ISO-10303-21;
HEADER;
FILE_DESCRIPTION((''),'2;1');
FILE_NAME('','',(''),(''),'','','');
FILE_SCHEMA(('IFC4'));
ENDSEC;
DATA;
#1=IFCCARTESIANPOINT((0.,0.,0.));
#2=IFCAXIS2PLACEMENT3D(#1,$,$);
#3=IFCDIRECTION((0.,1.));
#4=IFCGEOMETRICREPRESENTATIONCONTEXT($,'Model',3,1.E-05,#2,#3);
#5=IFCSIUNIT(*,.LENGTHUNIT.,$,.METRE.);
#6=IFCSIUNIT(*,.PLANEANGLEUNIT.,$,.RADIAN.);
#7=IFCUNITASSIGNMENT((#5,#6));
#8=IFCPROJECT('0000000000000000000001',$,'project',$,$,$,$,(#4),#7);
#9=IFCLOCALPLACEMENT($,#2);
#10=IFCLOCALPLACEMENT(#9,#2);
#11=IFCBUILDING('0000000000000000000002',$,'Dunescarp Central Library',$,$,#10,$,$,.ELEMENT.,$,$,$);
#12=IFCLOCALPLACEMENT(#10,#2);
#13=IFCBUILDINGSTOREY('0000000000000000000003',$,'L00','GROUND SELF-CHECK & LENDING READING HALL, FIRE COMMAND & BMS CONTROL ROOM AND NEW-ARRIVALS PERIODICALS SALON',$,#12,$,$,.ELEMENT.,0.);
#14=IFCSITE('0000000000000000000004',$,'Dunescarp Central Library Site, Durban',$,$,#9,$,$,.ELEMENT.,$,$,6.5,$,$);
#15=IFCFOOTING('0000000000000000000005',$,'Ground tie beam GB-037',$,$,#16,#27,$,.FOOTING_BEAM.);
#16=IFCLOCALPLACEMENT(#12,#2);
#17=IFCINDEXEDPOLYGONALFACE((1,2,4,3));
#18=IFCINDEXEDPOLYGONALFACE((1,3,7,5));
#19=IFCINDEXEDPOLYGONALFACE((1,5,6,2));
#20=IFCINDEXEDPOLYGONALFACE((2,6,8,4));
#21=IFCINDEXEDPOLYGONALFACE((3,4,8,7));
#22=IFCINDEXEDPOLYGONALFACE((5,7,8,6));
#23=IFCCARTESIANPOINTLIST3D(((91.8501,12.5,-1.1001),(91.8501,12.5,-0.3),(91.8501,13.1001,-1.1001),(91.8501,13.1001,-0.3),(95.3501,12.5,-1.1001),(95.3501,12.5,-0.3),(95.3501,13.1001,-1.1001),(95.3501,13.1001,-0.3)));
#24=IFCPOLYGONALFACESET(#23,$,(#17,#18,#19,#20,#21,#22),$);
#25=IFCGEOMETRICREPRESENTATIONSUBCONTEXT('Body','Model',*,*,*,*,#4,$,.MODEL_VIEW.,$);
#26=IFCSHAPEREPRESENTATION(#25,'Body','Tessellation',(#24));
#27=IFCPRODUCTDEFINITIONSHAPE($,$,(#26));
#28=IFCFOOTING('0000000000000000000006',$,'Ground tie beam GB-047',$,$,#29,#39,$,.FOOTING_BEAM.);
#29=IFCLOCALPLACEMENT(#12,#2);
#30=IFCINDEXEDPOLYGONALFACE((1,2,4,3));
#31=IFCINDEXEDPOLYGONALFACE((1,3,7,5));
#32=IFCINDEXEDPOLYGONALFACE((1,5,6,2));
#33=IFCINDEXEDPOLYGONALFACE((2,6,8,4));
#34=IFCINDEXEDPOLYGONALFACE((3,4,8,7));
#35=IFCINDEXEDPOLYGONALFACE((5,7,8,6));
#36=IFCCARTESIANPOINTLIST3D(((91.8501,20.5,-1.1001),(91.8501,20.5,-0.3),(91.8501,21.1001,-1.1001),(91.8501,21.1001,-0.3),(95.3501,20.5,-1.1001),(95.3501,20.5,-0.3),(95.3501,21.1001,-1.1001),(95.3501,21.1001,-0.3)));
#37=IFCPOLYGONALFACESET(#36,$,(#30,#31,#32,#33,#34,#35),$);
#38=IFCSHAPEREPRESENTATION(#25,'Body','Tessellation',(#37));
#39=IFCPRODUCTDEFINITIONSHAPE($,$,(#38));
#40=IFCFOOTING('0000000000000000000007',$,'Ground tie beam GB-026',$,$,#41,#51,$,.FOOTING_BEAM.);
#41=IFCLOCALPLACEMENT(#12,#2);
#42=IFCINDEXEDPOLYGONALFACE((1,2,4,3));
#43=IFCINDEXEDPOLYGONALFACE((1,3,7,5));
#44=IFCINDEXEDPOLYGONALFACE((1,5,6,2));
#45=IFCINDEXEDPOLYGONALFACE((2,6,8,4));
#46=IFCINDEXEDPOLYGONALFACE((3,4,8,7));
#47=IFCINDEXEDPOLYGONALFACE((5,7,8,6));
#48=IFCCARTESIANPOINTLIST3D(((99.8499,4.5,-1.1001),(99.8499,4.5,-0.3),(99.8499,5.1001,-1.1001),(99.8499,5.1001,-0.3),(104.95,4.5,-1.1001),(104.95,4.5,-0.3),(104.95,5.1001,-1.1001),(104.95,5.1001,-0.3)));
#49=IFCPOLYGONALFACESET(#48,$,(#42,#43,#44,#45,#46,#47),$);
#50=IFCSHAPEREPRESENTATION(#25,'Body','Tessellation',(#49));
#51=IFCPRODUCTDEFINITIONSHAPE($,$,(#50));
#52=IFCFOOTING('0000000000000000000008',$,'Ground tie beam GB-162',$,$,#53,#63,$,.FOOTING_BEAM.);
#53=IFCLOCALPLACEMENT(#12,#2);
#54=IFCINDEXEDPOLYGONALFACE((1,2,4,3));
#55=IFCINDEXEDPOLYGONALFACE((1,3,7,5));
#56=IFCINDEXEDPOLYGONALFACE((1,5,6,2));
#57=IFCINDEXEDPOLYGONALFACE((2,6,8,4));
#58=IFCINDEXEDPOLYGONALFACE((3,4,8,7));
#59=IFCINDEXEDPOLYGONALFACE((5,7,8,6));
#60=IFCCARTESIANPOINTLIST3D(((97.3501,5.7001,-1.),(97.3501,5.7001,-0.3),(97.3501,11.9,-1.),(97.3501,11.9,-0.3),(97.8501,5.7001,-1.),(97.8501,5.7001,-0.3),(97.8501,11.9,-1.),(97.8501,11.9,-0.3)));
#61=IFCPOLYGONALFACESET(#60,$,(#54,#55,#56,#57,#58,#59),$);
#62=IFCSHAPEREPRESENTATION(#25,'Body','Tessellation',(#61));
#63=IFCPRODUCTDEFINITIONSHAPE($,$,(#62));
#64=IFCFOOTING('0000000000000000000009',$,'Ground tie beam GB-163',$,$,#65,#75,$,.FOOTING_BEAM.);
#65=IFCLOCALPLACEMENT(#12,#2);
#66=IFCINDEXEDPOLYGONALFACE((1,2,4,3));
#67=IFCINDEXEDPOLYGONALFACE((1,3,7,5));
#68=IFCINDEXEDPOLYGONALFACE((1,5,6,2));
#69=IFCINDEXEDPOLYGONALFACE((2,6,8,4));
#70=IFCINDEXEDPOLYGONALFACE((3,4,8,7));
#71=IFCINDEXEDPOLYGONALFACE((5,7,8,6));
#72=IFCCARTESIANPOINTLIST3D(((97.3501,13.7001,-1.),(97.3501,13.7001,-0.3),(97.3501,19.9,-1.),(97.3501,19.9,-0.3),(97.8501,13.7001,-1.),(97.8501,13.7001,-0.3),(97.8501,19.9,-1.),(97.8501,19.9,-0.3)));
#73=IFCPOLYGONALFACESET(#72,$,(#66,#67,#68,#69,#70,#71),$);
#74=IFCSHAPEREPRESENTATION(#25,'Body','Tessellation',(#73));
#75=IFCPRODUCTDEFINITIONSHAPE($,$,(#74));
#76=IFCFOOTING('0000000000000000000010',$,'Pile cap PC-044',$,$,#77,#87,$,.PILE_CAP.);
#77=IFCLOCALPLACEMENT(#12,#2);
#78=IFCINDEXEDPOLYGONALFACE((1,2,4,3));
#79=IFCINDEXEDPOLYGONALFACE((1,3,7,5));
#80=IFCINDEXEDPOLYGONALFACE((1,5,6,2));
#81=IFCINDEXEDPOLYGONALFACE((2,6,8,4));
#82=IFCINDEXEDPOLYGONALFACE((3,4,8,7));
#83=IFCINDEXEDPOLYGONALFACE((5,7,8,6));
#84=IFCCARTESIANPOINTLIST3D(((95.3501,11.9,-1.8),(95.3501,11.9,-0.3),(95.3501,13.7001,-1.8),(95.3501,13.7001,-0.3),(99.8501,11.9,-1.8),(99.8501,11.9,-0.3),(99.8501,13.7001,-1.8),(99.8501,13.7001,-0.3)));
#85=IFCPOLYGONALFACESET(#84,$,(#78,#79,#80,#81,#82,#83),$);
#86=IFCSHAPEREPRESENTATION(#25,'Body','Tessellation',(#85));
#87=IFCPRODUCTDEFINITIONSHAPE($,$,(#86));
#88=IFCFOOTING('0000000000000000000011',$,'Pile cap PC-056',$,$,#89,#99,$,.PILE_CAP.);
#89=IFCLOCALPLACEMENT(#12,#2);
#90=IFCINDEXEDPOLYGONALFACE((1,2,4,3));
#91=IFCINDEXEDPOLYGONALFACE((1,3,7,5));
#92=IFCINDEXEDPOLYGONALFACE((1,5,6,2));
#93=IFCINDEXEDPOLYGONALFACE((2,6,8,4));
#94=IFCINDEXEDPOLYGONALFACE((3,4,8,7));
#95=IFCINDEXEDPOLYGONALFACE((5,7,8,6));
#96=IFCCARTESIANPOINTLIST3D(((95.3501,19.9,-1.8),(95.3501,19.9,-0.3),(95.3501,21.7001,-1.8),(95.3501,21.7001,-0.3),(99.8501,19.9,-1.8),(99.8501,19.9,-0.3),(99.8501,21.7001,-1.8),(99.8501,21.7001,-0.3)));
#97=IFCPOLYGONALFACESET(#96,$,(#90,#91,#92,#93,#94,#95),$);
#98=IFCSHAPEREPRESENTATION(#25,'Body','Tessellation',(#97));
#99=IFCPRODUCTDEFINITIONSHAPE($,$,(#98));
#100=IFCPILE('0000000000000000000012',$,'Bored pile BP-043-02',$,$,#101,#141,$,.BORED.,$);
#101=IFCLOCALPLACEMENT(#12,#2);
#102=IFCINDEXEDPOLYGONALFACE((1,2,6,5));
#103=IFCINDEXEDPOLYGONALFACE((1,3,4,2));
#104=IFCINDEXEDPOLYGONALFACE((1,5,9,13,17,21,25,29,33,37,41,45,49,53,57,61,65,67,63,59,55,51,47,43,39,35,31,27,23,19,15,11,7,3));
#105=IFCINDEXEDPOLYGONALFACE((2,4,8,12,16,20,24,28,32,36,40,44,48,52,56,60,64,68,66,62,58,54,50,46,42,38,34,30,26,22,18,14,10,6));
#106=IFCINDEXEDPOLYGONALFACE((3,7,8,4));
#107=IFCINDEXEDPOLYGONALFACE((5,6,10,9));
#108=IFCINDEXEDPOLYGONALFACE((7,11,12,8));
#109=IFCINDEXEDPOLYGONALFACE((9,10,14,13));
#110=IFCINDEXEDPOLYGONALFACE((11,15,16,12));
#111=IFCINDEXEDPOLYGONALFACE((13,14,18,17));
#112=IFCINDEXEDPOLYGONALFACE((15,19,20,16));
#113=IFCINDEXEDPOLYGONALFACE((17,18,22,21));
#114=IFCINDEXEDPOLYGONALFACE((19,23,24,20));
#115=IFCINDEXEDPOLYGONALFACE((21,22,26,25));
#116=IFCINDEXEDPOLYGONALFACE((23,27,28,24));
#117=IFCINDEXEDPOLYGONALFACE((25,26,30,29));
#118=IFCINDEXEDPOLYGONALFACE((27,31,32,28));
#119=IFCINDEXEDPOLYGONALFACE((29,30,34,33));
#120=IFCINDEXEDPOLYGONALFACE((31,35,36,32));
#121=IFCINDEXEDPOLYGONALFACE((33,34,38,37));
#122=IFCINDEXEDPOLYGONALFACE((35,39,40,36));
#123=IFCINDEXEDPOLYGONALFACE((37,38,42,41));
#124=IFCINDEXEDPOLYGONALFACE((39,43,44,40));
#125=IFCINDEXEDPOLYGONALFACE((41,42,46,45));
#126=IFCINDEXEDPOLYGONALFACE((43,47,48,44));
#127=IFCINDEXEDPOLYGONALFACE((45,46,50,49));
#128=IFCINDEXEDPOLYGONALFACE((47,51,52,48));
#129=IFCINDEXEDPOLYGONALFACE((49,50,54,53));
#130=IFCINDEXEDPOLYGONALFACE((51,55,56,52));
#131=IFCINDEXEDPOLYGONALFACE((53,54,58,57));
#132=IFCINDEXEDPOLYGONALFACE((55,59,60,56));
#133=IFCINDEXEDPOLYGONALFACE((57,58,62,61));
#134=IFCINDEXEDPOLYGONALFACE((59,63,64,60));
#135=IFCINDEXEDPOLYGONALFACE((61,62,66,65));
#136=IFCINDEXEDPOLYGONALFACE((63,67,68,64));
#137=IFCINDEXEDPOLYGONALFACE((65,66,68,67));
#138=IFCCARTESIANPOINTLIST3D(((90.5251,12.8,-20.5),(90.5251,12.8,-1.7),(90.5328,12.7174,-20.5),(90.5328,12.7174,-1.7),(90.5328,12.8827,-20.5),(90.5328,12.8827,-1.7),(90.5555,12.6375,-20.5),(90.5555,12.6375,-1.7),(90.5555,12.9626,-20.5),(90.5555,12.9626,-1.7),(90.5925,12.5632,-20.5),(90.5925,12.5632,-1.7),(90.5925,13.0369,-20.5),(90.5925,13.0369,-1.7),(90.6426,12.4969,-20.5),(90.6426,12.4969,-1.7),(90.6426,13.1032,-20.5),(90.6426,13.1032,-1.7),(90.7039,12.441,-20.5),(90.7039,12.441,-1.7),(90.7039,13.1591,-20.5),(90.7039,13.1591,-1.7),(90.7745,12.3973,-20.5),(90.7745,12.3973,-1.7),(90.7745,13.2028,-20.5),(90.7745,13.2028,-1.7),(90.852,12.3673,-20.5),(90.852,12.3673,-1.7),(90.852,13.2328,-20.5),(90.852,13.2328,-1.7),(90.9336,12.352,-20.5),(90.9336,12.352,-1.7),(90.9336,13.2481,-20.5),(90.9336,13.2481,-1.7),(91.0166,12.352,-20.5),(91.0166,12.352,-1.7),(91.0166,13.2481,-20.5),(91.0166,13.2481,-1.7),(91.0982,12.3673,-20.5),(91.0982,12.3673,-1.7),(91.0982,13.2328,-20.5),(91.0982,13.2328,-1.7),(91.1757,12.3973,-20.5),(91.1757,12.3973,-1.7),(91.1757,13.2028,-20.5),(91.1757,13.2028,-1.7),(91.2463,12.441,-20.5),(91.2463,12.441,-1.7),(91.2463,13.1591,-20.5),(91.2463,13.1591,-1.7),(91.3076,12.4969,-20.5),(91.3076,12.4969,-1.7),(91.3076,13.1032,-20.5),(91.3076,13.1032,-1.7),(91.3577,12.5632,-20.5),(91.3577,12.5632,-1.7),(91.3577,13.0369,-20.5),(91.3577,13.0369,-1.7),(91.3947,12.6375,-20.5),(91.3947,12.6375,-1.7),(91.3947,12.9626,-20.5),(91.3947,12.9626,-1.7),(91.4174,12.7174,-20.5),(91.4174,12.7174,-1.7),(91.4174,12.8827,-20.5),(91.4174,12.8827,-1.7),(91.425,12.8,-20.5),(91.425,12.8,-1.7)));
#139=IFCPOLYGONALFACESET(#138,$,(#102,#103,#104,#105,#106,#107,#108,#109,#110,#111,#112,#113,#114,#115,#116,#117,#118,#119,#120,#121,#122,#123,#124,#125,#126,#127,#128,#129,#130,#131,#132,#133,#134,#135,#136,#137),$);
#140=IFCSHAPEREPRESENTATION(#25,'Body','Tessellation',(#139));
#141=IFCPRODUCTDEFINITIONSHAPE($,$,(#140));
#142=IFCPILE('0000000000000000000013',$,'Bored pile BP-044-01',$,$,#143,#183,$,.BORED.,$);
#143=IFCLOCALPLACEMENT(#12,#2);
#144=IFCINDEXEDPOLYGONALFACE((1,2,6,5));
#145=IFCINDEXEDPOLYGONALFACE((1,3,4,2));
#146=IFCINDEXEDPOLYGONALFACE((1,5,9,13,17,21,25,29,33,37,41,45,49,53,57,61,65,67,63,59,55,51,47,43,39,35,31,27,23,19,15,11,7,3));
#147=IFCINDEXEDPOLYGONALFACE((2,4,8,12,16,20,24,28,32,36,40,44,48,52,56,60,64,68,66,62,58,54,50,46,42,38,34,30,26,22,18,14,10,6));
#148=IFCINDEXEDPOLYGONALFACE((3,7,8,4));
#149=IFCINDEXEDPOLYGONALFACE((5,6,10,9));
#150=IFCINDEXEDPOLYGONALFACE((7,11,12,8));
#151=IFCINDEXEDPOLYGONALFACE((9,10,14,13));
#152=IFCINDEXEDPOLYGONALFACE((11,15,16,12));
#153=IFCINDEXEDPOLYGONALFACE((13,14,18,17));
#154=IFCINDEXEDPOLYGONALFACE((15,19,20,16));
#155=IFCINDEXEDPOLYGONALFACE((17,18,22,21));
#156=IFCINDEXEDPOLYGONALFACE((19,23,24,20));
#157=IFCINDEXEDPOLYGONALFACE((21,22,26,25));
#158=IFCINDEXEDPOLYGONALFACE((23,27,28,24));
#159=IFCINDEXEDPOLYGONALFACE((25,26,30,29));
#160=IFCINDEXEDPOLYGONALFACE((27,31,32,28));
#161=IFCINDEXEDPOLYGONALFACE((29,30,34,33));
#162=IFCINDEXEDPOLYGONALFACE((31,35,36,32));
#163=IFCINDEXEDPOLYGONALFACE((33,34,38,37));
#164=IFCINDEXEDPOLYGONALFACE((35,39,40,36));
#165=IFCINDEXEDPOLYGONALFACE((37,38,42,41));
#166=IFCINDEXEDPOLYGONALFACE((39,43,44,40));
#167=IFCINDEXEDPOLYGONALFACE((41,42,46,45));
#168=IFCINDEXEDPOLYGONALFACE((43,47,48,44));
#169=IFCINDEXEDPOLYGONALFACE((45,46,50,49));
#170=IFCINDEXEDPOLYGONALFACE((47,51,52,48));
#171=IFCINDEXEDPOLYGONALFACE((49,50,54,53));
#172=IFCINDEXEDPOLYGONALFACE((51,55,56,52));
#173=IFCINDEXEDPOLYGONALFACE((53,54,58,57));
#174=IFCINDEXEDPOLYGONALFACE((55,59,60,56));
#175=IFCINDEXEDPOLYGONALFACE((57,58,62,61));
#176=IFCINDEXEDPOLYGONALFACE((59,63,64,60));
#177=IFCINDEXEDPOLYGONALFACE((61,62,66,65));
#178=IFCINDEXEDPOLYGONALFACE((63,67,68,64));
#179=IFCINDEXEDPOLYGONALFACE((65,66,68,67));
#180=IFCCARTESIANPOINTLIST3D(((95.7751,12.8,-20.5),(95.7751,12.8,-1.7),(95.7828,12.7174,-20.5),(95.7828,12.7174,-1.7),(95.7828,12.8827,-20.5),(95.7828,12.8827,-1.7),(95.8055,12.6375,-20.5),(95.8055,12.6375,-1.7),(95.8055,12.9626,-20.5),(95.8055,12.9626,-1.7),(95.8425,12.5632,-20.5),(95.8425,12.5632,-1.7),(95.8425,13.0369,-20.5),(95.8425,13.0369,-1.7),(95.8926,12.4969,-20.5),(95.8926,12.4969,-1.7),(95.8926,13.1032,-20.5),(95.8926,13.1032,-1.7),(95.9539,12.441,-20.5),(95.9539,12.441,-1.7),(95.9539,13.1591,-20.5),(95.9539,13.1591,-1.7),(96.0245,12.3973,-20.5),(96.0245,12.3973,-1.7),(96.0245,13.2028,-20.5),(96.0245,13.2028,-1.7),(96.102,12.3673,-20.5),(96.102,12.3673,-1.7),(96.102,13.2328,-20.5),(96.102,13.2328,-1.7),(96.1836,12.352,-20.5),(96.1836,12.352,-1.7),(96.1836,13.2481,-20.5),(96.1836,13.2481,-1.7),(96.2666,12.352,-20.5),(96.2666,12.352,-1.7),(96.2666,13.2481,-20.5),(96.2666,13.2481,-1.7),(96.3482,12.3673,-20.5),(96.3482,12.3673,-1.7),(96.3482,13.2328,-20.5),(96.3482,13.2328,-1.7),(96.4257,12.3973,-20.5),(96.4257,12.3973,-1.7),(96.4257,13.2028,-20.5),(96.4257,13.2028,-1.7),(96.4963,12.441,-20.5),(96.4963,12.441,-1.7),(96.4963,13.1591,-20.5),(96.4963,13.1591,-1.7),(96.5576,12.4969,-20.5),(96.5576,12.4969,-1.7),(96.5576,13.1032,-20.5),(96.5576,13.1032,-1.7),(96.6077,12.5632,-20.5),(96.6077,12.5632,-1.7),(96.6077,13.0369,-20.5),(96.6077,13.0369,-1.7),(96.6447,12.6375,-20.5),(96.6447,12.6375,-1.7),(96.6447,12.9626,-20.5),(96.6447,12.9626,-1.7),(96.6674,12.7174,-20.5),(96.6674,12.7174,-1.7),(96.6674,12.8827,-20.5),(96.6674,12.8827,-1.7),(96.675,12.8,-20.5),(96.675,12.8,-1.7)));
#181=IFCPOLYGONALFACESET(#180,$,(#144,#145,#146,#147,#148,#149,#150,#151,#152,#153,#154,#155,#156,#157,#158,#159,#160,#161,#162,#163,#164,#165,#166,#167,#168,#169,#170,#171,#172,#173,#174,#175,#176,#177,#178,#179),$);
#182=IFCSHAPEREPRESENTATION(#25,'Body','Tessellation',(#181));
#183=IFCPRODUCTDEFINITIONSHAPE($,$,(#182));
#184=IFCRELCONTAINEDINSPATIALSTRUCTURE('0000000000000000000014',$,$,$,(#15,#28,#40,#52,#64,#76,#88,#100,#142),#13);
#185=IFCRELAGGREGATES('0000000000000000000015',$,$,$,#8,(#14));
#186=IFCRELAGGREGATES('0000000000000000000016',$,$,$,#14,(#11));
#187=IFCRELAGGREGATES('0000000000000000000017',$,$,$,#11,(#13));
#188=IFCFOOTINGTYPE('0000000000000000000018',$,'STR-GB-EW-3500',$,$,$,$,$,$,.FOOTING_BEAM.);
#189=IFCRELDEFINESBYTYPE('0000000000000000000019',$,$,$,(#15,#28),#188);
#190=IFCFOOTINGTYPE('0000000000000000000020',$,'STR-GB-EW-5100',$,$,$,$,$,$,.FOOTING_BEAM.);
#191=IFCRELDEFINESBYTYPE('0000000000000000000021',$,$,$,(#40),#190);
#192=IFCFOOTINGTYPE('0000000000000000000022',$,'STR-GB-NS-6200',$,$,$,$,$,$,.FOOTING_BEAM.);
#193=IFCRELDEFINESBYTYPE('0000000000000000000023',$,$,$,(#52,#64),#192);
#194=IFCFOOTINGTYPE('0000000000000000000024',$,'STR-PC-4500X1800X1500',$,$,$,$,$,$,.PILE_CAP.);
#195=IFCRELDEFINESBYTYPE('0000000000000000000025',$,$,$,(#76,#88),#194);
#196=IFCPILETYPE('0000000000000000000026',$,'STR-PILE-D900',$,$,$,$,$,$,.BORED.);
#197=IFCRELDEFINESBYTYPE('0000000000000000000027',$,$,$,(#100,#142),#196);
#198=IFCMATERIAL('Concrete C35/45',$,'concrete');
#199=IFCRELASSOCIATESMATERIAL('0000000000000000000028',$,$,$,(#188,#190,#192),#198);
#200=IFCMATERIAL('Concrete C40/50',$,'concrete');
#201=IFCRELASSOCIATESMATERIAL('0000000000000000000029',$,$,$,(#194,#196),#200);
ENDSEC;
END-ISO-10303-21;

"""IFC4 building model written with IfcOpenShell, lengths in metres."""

from ifc_helpers import new_model, si_unit, direction, frame, origin, origin_2d, place, context, subcontext, project, spatial, rectangle, circle, extrude, material, material_profile, profile_set, type_object, element, save


model = new_model("IFC4")

# Units and contexts
model_context = context("Model", 3, precision=1e-05, world=origin(), true_north=direction((0.0, 1.0)))
body_context = subcontext(model_context, "Body", "Model", "MODEL_VIEW")
ifc_project = project(units=[si_unit("LENGTHUNIT", "METRE"), si_unit("PLANEANGLEUNIT", "RADIAN")], contexts=[model_context])

# Site, building, storey
site_placement = place(None, origin())
site = spatial("IfcSite", under=ifc_project, at=site_placement, Name="Dunescarp Central Library Site, Durban", CompositionType="ELEMENT", RefElevation=6.5)
building_placement = place(site_placement, origin())
building = spatial("IfcBuilding", under=site, at=building_placement, Name="Dunescarp Central Library", CompositionType="ELEMENT")
storey_placement = place(building_placement, origin())
storey = spatial("IfcBuildingStorey", under=building, at=storey_placement, Name="L00", Description="GROUND SELF-CHECK & LENDING READING HALL, FIRE COMMAND & BMS CONTROL ROOM AND NEW-ARRIVALS PERIODICALS SALON", CompositionType="ELEMENT", Elevation=0.0)

# Footings
ifc_material_1 = material(Name="Concrete C35/45", Category="concrete")
footing_type_1 = type_object("IfcFootingType", Name="STR-GB-EW-3500", PredefinedType="FOOTING_BEAM", material=ifc_material_1)
for number, where, z_axis, x_axis, name in (
    (1, (93.6001, 12.8, -1.1001), (0.0, 0.0, 1.0), (1.0, 0.0, 0.0), "Ground tie beam GB-037"),
    (2, (93.6001, 20.8, -1.1001), (0.0, 0.0, 1.0), (1.0, 0.0, 0.0), "Ground tie beam GB-047"),
):
    element("IfcFooting", number, at=place(storey_placement, frame(where, z_axis=z_axis, x_axis=x_axis)), inside=storey, type_object=footing_type_1, Name=name, PredefinedType="FOOTING_BEAM", context=body_context, shape_type="SweptSolid", body=[
        extrude(rectangle(XDim=3.5, YDim=0.6001, at=origin_2d()), origin(), (0.0, 0.0, 1.0), 0.8),
    ])
footing_type_2 = type_object("IfcFootingType", Name="STR-GB-EW-5100", PredefinedType="FOOTING_BEAM", material=ifc_material_1)
footing_placement = place(storey_placement, frame((102.3999, 4.8, -1.1001), z_axis=(0.0, 0.0, 1.0), x_axis=(1.0, 0.0, 0.0)))
element("IfcFooting", 3, at=footing_placement, inside=storey, type_object=footing_type_2, Name="Ground tie beam GB-026", PredefinedType="FOOTING_BEAM", context=body_context, shape_type="SweptSolid", body=[
    extrude(rectangle(XDim=5.1001, YDim=0.6001, at=origin_2d()), origin(), (0.0, 0.0, 1.0), 0.8),
])
footing_type_3 = type_object("IfcFootingType", Name="STR-GB-NS-6200", PredefinedType="FOOTING_BEAM", material=ifc_material_1)
for number, where, z_axis, x_axis, name in (
    (4, (97.6001, 8.8, -1.0), (0.0, 0.0, 1.0), (0.0, 1.0, 0.0), "Ground tie beam GB-162"),
    (5, (97.6001, 16.8, -1.0), (0.0, 0.0, 1.0), (0.0, 1.0, 0.0), "Ground tie beam GB-163"),
):
    element("IfcFooting", number, at=place(storey_placement, frame(where, z_axis=z_axis, x_axis=x_axis)), inside=storey, type_object=footing_type_3, Name=name, PredefinedType="FOOTING_BEAM", context=body_context, shape_type="SweptSolid", body=[
        extrude(rectangle(XDim=6.2, YDim=0.5, at=origin_2d()), origin(), (0.0, 0.0, 1.0), 0.7),
    ])
ifc_material_2 = material(Name="Concrete C40/50", Category="concrete")
footing_type_4 = type_object("IfcFootingType", Name="STR-PC-4500X1800X1500", PredefinedType="PILE_CAP", material=ifc_material_2)
for number, where, z_axis, x_axis, name in (
    (6, (97.6001, 12.8, -1.8), (0.0, 0.0, 1.0), (1.0, 0.0, 0.0), "Pile cap PC-044"),
    (7, (97.6001, 20.8, -1.8), (0.0, 0.0, 1.0), (1.0, 0.0, 0.0), "Pile cap PC-056"),
):
    element("IfcFooting", number, at=place(storey_placement, frame(where, z_axis=z_axis, x_axis=x_axis)), inside=storey, type_object=footing_type_4, Name=name, PredefinedType="PILE_CAP", context=body_context, shape_type="SweptSolid", body=[
        extrude(rectangle(XDim=4.5, YDim=1.8, at=origin_2d()), origin(), (0.0, 0.0, 1.0), 1.5),
    ])

# Piles
ifc_material_profile_1 = material_profile(ifc_material_2, circle(Radius=0.45, at=origin_2d()), Name="PILE D900")
ifc_profile_set_1 = profile_set([ifc_material_profile_1], Name="Concrete C40/50")
pile_type = type_object("IfcPileType", Name="STR-PILE-D900", PredefinedType="BORED", material=ifc_profile_set_1)
for number, where, z_axis, x_axis, name in (
    (8, (90.9751, 12.8, -1.7), (0.0, 0.0, -1.0), (1.0, 0.0, 0.0), "Bored pile BP-043-02"),
    (9, (96.2251, 12.8, -1.7), (0.0, 0.0, -1.0), (1.0, 0.0, 0.0), "Bored pile BP-044-01"),
):
    element("IfcPile", number, at=place(storey_placement, frame(where, z_axis=z_axis, x_axis=x_axis)), inside=storey, type_object=pile_type, Name=name, PredefinedType="BORED", context=body_context, shape_type="SweptSolid", body=[
        extrude(circle(Radius=0.45, at=origin_2d()), origin(), (0.0, 0.0, 1.0), 18.8),
    ])

save(model, "model.ifc")
